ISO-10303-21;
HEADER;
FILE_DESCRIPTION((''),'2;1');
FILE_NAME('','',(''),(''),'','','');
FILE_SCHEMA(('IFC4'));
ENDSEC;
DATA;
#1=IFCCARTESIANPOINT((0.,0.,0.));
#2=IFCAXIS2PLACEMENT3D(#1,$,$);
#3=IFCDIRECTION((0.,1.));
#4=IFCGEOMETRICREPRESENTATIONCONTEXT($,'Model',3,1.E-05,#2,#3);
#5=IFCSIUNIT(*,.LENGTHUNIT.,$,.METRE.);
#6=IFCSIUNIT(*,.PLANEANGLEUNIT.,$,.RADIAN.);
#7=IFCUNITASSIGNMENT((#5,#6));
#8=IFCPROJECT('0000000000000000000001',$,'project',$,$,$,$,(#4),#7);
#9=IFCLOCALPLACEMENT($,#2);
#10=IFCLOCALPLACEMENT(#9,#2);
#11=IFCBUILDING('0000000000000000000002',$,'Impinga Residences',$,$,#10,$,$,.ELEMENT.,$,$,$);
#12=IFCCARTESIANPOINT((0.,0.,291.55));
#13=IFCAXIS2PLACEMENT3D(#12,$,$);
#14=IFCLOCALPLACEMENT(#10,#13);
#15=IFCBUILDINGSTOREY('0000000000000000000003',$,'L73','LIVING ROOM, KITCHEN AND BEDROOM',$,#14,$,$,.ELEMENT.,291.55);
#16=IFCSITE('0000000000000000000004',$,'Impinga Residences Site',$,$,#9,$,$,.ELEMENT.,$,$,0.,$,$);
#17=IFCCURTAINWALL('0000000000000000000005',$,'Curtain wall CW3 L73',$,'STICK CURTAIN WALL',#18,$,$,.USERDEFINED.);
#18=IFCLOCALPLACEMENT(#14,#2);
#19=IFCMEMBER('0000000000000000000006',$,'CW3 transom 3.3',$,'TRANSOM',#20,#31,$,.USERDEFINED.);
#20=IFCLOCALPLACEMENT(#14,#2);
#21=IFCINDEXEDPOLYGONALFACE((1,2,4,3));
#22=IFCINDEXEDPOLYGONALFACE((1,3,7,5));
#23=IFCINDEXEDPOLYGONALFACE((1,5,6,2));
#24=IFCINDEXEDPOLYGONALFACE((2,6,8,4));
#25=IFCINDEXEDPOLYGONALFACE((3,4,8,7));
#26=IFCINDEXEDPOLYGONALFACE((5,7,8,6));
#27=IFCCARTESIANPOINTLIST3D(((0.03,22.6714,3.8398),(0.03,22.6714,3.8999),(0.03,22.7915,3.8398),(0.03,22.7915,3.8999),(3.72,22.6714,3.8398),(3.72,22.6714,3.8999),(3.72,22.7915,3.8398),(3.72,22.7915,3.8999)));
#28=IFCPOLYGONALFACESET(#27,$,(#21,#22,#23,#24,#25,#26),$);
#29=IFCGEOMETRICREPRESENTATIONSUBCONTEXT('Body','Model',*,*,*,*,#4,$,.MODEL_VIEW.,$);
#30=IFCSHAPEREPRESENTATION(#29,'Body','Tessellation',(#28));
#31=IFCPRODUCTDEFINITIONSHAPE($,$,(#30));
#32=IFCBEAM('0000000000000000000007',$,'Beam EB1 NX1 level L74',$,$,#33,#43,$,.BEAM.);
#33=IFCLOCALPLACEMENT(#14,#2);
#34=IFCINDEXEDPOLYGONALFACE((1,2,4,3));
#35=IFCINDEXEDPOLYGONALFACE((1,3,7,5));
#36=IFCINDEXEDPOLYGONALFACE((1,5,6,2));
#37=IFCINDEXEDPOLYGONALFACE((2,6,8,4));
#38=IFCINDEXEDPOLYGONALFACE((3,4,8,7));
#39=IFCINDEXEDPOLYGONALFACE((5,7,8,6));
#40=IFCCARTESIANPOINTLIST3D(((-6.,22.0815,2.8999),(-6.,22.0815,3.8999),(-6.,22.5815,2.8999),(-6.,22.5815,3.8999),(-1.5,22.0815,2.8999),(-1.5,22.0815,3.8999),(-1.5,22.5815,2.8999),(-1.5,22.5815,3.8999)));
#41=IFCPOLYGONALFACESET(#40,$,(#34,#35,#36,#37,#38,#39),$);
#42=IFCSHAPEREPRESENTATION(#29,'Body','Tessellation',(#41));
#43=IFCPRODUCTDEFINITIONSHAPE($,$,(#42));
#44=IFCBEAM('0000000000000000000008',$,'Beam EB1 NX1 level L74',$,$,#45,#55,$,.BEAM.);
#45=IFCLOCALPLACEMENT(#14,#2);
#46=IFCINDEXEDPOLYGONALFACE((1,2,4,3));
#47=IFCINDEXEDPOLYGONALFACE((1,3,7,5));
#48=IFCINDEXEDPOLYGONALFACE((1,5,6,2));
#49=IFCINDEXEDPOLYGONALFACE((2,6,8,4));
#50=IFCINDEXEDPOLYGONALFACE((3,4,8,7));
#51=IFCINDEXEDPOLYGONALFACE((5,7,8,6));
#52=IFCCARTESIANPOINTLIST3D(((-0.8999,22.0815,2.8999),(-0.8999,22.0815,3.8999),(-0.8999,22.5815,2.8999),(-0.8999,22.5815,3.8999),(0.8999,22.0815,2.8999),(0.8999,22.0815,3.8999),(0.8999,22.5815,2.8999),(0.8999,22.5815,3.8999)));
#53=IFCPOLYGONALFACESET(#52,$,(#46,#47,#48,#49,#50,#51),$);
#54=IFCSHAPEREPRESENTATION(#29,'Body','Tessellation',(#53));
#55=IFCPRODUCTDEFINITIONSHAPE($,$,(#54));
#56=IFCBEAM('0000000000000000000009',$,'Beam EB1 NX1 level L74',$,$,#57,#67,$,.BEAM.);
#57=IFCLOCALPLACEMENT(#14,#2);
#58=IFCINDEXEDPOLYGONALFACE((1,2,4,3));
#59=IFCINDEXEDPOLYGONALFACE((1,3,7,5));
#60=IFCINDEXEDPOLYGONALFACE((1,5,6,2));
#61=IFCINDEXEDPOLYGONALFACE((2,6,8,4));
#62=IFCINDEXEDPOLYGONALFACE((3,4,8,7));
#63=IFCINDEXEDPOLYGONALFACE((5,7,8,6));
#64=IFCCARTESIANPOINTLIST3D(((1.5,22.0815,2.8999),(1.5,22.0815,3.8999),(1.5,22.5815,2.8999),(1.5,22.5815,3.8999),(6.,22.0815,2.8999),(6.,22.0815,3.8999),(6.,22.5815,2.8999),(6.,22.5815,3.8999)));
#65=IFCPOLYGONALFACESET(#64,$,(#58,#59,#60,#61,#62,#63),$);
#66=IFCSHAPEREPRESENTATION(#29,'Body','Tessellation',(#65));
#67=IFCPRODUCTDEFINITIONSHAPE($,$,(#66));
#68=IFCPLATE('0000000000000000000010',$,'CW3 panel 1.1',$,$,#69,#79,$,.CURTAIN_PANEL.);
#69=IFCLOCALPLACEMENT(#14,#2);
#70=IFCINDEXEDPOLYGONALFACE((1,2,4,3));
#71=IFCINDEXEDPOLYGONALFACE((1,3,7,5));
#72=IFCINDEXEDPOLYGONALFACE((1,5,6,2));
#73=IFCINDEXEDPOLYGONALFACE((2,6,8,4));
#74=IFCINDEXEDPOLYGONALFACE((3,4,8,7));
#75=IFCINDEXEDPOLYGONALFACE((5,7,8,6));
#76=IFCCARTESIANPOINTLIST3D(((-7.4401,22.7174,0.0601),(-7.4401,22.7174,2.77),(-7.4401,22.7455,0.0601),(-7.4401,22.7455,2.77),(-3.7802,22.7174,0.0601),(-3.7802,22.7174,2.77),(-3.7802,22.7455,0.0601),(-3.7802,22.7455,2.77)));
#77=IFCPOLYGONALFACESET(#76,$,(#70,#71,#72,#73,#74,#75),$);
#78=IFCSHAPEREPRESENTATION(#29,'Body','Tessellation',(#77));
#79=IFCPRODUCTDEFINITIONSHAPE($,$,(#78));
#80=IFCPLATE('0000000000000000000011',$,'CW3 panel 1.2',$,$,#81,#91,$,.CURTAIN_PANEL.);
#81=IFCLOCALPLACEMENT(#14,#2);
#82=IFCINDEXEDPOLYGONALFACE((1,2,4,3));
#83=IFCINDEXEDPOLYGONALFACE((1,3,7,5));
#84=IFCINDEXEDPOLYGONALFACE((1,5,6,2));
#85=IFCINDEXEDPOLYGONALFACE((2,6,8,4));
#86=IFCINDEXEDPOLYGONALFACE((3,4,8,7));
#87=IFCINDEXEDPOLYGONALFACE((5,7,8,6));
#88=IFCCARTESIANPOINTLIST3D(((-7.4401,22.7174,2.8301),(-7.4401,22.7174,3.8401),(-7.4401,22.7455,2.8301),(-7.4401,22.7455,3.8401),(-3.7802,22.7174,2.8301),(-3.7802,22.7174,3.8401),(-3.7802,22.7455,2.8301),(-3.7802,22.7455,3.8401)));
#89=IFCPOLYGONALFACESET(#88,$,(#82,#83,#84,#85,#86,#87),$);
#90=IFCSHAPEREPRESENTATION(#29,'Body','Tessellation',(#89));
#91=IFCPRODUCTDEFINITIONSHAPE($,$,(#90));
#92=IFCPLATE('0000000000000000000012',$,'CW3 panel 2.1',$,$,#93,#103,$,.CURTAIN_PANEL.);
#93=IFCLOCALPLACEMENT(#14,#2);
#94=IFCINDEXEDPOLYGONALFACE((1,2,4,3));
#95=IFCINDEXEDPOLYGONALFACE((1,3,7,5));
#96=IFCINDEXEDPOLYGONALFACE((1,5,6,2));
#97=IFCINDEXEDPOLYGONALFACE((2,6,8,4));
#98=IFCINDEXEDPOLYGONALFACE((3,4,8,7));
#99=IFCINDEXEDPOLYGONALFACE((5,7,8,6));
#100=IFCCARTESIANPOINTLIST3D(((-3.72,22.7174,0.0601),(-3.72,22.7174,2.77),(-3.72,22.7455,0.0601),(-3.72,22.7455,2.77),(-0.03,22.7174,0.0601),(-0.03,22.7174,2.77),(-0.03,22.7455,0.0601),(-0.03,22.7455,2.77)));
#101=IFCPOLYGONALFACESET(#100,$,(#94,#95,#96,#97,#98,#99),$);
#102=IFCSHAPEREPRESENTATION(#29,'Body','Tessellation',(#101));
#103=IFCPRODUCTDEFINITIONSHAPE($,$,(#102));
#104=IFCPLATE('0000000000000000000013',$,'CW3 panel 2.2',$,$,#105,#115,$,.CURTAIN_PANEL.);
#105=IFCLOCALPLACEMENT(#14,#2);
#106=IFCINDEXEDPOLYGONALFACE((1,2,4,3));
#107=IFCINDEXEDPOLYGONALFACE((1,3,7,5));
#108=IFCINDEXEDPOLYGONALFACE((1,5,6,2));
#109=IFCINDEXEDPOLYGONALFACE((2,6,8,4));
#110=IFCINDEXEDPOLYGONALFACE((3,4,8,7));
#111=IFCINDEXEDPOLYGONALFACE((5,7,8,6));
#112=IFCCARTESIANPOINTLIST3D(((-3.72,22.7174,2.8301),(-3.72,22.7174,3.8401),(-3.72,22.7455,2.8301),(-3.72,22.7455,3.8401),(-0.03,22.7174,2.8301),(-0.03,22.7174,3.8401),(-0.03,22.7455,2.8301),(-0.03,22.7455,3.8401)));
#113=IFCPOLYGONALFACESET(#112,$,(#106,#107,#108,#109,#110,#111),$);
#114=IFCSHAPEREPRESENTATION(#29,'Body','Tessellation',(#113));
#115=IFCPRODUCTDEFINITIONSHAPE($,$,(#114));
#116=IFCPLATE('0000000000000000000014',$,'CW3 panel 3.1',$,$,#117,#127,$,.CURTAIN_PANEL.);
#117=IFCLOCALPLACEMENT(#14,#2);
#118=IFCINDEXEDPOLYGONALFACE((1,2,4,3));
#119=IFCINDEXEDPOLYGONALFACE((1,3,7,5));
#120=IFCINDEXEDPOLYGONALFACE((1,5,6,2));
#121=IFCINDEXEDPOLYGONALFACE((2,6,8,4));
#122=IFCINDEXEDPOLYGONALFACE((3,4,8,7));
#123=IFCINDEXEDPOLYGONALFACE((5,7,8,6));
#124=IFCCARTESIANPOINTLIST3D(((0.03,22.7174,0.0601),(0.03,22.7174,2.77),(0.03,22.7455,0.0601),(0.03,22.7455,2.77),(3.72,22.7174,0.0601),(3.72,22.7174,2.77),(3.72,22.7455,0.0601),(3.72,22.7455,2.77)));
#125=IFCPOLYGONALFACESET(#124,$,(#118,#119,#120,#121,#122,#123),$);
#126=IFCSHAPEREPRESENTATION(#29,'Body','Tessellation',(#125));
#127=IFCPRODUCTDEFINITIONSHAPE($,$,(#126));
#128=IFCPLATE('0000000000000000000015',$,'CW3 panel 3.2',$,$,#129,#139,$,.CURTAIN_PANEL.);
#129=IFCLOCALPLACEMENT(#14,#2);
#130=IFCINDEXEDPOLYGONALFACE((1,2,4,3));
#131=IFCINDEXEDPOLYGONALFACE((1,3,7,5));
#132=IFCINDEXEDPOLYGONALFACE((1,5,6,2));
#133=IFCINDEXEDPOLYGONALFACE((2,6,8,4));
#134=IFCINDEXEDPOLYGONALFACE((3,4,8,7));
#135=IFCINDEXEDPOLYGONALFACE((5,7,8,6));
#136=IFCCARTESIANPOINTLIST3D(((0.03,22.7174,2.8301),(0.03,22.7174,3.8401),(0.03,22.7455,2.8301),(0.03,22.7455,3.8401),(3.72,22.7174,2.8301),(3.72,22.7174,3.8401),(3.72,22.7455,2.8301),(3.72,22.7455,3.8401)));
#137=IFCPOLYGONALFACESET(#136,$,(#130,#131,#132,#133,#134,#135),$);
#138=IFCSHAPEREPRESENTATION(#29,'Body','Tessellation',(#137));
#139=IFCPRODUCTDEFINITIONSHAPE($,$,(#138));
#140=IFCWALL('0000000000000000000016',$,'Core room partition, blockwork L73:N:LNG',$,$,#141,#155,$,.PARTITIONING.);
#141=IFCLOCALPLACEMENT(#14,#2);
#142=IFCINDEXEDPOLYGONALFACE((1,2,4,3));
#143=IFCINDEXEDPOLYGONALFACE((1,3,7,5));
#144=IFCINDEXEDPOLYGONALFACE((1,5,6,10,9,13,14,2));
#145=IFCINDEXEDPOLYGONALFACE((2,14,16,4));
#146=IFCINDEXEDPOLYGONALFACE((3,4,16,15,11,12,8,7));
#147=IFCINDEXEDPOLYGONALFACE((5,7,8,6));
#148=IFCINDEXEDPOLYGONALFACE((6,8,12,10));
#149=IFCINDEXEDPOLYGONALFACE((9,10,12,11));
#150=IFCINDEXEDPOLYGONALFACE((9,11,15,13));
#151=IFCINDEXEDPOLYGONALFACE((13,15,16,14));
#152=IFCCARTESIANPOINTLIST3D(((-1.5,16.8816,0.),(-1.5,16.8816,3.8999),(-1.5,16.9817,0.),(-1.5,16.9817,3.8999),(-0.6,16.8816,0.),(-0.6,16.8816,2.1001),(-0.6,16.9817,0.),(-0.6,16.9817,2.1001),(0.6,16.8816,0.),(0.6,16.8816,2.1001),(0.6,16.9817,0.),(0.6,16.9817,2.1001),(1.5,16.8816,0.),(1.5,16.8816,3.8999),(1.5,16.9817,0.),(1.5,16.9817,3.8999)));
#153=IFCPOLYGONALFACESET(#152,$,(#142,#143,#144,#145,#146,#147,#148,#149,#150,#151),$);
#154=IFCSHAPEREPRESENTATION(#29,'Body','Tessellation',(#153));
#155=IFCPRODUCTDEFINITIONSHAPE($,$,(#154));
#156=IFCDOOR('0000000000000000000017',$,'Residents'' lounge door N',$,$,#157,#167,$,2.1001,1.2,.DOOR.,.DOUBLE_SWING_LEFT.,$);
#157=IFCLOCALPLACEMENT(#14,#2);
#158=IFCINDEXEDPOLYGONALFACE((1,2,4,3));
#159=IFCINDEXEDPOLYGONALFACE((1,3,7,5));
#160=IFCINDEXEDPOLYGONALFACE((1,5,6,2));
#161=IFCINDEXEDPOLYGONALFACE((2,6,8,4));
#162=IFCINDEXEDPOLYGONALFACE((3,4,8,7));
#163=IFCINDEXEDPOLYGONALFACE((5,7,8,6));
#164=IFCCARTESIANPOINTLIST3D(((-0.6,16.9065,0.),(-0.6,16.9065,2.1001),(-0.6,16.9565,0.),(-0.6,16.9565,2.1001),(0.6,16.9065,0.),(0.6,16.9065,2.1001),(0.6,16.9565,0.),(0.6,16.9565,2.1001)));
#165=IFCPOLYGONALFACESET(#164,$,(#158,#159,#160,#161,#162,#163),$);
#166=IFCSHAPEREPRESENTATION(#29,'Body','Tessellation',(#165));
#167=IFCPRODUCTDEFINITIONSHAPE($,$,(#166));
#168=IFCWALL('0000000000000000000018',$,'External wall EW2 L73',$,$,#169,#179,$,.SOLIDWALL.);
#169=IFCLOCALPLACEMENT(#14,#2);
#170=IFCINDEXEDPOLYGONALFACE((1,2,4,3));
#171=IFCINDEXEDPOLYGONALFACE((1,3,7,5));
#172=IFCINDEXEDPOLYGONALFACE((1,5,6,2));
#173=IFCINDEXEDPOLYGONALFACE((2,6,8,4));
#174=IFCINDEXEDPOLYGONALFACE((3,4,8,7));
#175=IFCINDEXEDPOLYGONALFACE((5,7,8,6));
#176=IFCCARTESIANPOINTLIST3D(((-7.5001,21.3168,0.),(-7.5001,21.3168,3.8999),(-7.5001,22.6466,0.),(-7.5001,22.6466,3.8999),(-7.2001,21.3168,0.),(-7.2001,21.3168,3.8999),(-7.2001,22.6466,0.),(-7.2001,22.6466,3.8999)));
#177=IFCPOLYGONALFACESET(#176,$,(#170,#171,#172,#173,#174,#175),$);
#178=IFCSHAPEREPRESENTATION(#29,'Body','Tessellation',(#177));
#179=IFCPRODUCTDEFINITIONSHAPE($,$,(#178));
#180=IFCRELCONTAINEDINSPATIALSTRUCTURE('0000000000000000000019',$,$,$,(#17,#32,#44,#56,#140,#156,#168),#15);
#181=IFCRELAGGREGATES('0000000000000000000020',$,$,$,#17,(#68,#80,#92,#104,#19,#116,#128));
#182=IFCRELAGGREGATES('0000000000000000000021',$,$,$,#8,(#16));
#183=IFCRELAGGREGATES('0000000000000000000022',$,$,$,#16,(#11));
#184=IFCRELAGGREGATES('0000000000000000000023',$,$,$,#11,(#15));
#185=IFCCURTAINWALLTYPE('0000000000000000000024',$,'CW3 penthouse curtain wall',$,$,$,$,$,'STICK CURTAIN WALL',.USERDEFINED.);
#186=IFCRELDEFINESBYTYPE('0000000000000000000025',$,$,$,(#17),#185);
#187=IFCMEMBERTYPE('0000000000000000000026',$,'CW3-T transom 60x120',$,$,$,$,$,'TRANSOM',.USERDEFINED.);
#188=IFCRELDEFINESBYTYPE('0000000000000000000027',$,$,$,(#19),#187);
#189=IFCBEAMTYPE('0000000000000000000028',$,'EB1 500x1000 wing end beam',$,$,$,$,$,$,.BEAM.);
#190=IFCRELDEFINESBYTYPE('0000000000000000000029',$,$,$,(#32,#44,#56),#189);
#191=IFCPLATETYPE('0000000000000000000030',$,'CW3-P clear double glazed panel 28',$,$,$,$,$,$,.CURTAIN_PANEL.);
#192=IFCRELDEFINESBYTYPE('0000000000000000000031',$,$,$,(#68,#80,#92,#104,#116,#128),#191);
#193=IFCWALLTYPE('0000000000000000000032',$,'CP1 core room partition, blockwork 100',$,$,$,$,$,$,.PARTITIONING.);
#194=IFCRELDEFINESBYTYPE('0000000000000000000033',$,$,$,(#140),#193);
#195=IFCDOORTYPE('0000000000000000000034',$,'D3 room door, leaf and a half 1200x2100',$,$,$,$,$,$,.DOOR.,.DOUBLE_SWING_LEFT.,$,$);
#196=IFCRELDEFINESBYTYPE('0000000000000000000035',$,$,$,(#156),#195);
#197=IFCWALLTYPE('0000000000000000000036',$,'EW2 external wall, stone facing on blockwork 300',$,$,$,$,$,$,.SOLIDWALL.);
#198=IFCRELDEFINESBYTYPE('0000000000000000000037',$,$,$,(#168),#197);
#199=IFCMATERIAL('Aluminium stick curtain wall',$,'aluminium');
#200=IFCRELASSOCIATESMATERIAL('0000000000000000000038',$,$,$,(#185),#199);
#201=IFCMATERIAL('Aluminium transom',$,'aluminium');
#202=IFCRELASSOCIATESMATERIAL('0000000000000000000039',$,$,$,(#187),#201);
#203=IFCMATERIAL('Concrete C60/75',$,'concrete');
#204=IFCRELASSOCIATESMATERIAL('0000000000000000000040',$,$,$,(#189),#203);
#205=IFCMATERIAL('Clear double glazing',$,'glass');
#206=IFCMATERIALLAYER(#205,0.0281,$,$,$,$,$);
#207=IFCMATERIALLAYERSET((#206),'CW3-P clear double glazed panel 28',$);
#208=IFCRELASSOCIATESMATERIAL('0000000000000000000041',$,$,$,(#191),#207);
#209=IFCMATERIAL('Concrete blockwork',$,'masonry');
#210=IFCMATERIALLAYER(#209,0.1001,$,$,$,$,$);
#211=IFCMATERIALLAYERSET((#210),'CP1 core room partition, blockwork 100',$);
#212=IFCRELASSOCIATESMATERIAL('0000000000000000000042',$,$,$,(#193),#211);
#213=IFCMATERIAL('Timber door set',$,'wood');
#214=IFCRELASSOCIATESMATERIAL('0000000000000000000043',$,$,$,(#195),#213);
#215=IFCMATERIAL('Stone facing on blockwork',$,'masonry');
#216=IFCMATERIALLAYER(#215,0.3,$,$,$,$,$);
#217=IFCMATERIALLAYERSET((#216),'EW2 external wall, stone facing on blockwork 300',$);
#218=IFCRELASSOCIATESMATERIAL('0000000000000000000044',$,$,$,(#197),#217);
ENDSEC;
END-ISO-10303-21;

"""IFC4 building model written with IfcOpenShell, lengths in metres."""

from ifc_helpers import new_model, si_unit, direction, frame, frame_2d, origin, origin_2d, place, context, subcontext, project, spatial, rectangle, extrude, material, layer, layer_set, material_profile, profile_set, type_object, element, fill, aggregate, save


model = new_model("IFC4")

# Units and contexts
model_context = context("Model", 3, precision=1e-05, world=origin(), true_north=direction((0.0, 1.0)))
body_context = subcontext(model_context, "Body", "Model", "MODEL_VIEW")
ifc_project = project(units=[si_unit("LENGTHUNIT", "METRE"), si_unit("PLANEANGLEUNIT", "RADIAN")], contexts=[model_context])

# Site, building, storey
site_placement = place(None, origin())
site = spatial("IfcSite", under=ifc_project, at=site_placement, Name="Impinga Residences Site", CompositionType="ELEMENT", RefElevation=0.0)
building_placement = place(site_placement, origin())
building = spatial("IfcBuilding", under=site, at=building_placement, Name="Impinga Residences", CompositionType="ELEMENT")
storey_placement = place(building_placement, frame((0.0, 0.0, 291.55)))
storey = spatial("IfcBuildingStorey", under=building, at=storey_placement, Name="L73", Description="LIVING ROOM, KITCHEN AND BEDROOM", CompositionType="ELEMENT", Elevation=291.55)

# Shared definitions
ifc_material_1 = material(Name="Concrete C60/75", Category="concrete")

# Shared definitions
ifc_material_2 = material(Name="Aluminium stick curtain wall", Category="aluminium")
curtain_wall_type = type_object("IfcCurtainWallType", Name="CW3 penthouse curtain wall", ElementType="STICK CURTAIN WALL", PredefinedType="USERDEFINED", material=ifc_material_2)

# Curtain wall, member
curtain_wall_1_placement = place(storey_placement, origin())
curtain_wall_1 = element("IfcCurtainWall", 1, at=curtain_wall_1_placement, inside=storey, type_object=curtain_wall_type, Name="Curtain wall CW3 L73", ObjectType="STICK CURTAIN WALL", PredefinedType="USERDEFINED")
ifc_material_3 = material(Name="Aluminium transom", Category="aluminium")
ifc_material_profile_1 = material_profile(ifc_material_3, rectangle(XDim=0.0601, YDim=0.1201, at=origin_2d()), Name="60x120 transom")
ifc_profile_set_1 = profile_set([ifc_material_profile_1], Name="Aluminium transom")
member_type_1 = type_object("IfcMemberType", Name="CW3-T transom 60x120", ElementType="TRANSOM", PredefinedType="USERDEFINED", material=ifc_profile_set_1)
member_1_placement = place(storey_placement, frame((0.03, 22.7314, 3.8699), z_axis=(1.0, 0.0, 0.0), x_axis=(0.0, 0.0, 1.0)))
member_1 = element("IfcMember", 2, at=member_1_placement, type_object=member_type_1, Name="CW3 transom 3.3", ObjectType="TRANSOM", PredefinedType="USERDEFINED", context=body_context, shape_type="SweptSolid", body=[
    extrude(rectangle(XDim=0.0601, YDim=0.1201, at=origin_2d()), origin(), (0.0, 0.0, 1.0), 3.6899),
])

# Beams
ifc_material_profile_2 = material_profile(ifc_material_1, rectangle(XDim=0.5, YDim=1.0, at=origin_2d()), Name="RC 500x1000")
ifc_profile_set_2 = profile_set([ifc_material_profile_2], Name="Concrete C60/75")
beam_type_1 = type_object("IfcBeamType", Name="EB1 500x1000 wing end beam", PredefinedType="BEAM", material=ifc_profile_set_2)
beam_1_placement = place(storey_placement, frame((-6.0, 22.3315, 3.3999), z_axis=(1.0, 0.0, 0.0), x_axis=(0.0, 1.0, 0.0)))
element("IfcBeam", 3, at=beam_1_placement, inside=storey, type_object=beam_type_1, Name="Beam EB1 NX1 level L74", PredefinedType="BEAM", context=body_context, shape_type="SweptSolid", body=[
    extrude(rectangle(XDim=0.5, YDim=1.0, at=origin_2d()), origin(), (0.0, 0.0, 1.0), 4.5),
])
beam_2_placement = place(storey_placement, frame((-0.8999, 22.3315, 3.3999), z_axis=(1.0, 0.0, 0.0), x_axis=(0.0, 1.0, 0.0)))
element("IfcBeam", 4, at=beam_2_placement, inside=storey, type_object=beam_type_1, Name="Beam EB1 NX1 level L74", PredefinedType="BEAM", context=body_context, shape_type="SweptSolid", body=[
    extrude(rectangle(XDim=0.5, YDim=1.0, at=origin_2d()), origin(), (0.0, 0.0, 1.0), 1.7998),
])
beam_3_placement = place(storey_placement, frame((1.5, 22.3315, 3.3999), z_axis=(1.0, 0.0, 0.0), x_axis=(0.0, 1.0, 0.0)))
element("IfcBeam", 5, at=beam_3_placement, inside=storey, type_object=beam_type_1, Name="Beam EB1 NX1 level L74", PredefinedType="BEAM", context=body_context, shape_type="SweptSolid", body=[
    extrude(rectangle(XDim=0.5, YDim=1.0, at=origin_2d()), origin(), (0.0, 0.0, 1.0), 4.5),
])

# Plates
ifc_material_4 = material(Name="Clear double glazing", Category="glass")
ifc_layer_1 = layer(ifc_material_4, 0.0281)
ifc_layer_set_1 = layer_set([ifc_layer_1], Name="CW3-P clear double glazed panel 28")
plate_type = type_object("IfcPlateType", Name="CW3-P clear double glazed panel 28", PredefinedType="CURTAIN_PANEL", material=ifc_layer_set_1)
plate_1_placement = place(storey_placement, frame((-5.6101, 22.7314, 0.0601), z_axis=(0.0, 0.0, 1.0), x_axis=(1.0, 0.0, 0.0)))
plate_1 = element("IfcPlate", 6, at=plate_1_placement, type_object=plate_type, Name="CW3 panel 1.1", PredefinedType="CURTAIN_PANEL", context=body_context, shape_type="SweptSolid", body=[
    extrude(rectangle(XDim=3.6599, YDim=0.0281, at=origin_2d()), origin(), (0.0, 0.0, 1.0), 2.71),
])
plate_2_placement = place(storey_placement, frame((-5.6101, 22.7314, 2.8301), z_axis=(0.0, 0.0, 1.0), x_axis=(1.0, 0.0, 0.0)))
plate_2 = element("IfcPlate", 7, at=plate_2_placement, type_object=plate_type, Name="CW3 panel 1.2", PredefinedType="CURTAIN_PANEL", context=body_context, shape_type="SweptSolid", body=[
    extrude(rectangle(XDim=3.6599, YDim=0.0281, at=origin_2d()), origin(), (0.0, 0.0, 1.0), 1.01),
])
plate_3_placement = place(storey_placement, frame((-1.875, 22.7314, 0.0601), z_axis=(0.0, 0.0, 1.0), x_axis=(1.0, 0.0, 0.0)))
plate_3 = element("IfcPlate", 8, at=plate_3_placement, type_object=plate_type, Name="CW3 panel 2.1", PredefinedType="CURTAIN_PANEL", context=body_context, shape_type="SweptSolid", body=[
    extrude(rectangle(XDim=3.6899, YDim=0.0281, at=origin_2d()), origin(), (0.0, 0.0, 1.0), 2.71),
])
plate_4_placement = place(storey_placement, frame((-1.875, 22.7314, 2.8301), z_axis=(0.0, 0.0, 1.0), x_axis=(1.0, 0.0, 0.0)))
plate_4 = element("IfcPlate", 9, at=plate_4_placement, type_object=plate_type, Name="CW3 panel 2.2", PredefinedType="CURTAIN_PANEL", context=body_context, shape_type="SweptSolid", body=[
    extrude(rectangle(XDim=3.6899, YDim=0.0281, at=origin_2d()), origin(), (0.0, 0.0, 1.0), 1.01),
])
plate_5_placement = place(storey_placement, frame((1.875, 22.7314, 0.0601), z_axis=(0.0, 0.0, 1.0), x_axis=(1.0, 0.0, 0.0)))
plate_5 = element("IfcPlate", 10, at=plate_5_placement, type_object=plate_type, Name="CW3 panel 3.1", PredefinedType="CURTAIN_PANEL", context=body_context, shape_type="SweptSolid", body=[
    extrude(rectangle(XDim=3.6899, YDim=0.0281, at=origin_2d()), origin(), (0.0, 0.0, 1.0), 2.71),
])
plate_6_placement = place(storey_placement, frame((1.875, 22.7314, 2.8301), z_axis=(0.0, 0.0, 1.0), x_axis=(1.0, 0.0, 0.0)))
plate_6 = element("IfcPlate", 11, at=plate_6_placement, type_object=plate_type, Name="CW3 panel 3.2", PredefinedType="CURTAIN_PANEL", context=body_context, shape_type="SweptSolid", body=[
    extrude(rectangle(XDim=3.6899, YDim=0.0281, at=origin_2d()), origin(), (0.0, 0.0, 1.0), 1.01),
])
aggregate(curtain_wall_1, [plate_1, plate_2, plate_3, plate_4, member_1, plate_5, plate_6])

# Wall, opening, door
ifc_material_5 = material(Name="Concrete blockwork", Category="masonry")
ifc_layer_2 = layer(ifc_material_5, 0.1001)
ifc_layer_set_2 = layer_set([ifc_layer_2], Name="CP1 core room partition, blockwork 100")
wall_type_1 = type_object("IfcWallType", Name="CP1 core room partition, blockwork 100", PredefinedType="PARTITIONING", material=ifc_layer_set_2)
wall_1_placement = place(storey_placement, frame((-1.5, 16.9316, 0.0), z_axis=(0.0, 0.0, 1.0), x_axis=(1.0, 0.0, 0.0)))
wall_1 = element("IfcWall", 12, at=wall_1_placement, inside=storey, type_object=wall_type_1, Name="Core room partition, blockwork L73:N:LNG", PredefinedType="PARTITIONING", context=body_context, shape_type="SweptSolid", body=[
    extrude(rectangle(XDim=3.0, YDim=0.1001, at=frame_2d((1.5, 0.0))), origin(), (0.0, 0.0, 1.0), 3.8999),
])
opening_placement = place(wall_1_placement, frame((0.8999, 0.0, 0.0)))
opening = element("IfcOpeningElement", 13, at=opening_placement, cuts=wall_1, PredefinedType="OPENING", context=body_context, shape_type="SweptSolid", body=[
    extrude(rectangle(XDim=1.2, YDim=2.1001, at=frame_2d((0.6001, 1.05))), frame((0.0, 0.0601, 0.0), z_axis=(0.0, -1.0, 0.0), x_axis=(1.0, 0.0, 0.0)), (0.0, 0.0, 1.0), 0.1201),
])
ifc_material_6 = material(Name="Timber door set", Category="wood")
door_type = type_object("IfcDoorType", Name="D3 room door, leaf and a half 1200x2100", OperationType="DOUBLE_SWING_LEFT", PredefinedType="DOOR", material=ifc_material_6)
door_placement = place(opening_placement, origin())
door = element("IfcDoor", 14, at=door_placement, inside=storey, type_object=door_type, Name="Residents' lounge door N", OperationType="DOUBLE_SWING_LEFT", OverallHeight=2.1001, OverallWidth=1.2, PredefinedType="DOOR", context=body_context, shape_type="SweptSolid", body=[
    extrude(rectangle(XDim=1.2, YDim=2.1001, at=frame_2d((0.6001, 1.05))), frame((0.0, 0.0249, 0.0), z_axis=(0.0, -1.0, 0.0), x_axis=(1.0, 0.0, 0.0)), (0.0, 0.0, 1.0), 0.05),
])
fill(opening, door)

# Wall
ifc_material_7 = material(Name="Stone facing on blockwork", Category="masonry")
ifc_layer_3 = layer(ifc_material_7, 0.3)
ifc_layer_set_3 = layer_set([ifc_layer_3], Name="EW2 external wall, stone facing on blockwork 300")
wall_type_2 = type_object("IfcWallType", Name="EW2 external wall, stone facing on blockwork 300", PredefinedType="SOLIDWALL", material=ifc_layer_set_3)
wall_2_placement = place(storey_placement, frame((-7.3501, 21.3167, 0.0), z_axis=(0.0, 0.0, 1.0), x_axis=(0.0, 1.0, 0.0)))
element("IfcWall", 15, at=wall_2_placement, inside=storey, type_object=wall_type_2, Name="External wall EW2 L73", PredefinedType="SOLIDWALL", context=body_context, shape_type="SweptSolid", body=[
    extrude(rectangle(XDim=1.3298, YDim=0.3, at=frame_2d((0.665, 0.0))), origin(), (0.0, 0.0, 1.0), 3.8999),
])

save(model, "model.ifc")
